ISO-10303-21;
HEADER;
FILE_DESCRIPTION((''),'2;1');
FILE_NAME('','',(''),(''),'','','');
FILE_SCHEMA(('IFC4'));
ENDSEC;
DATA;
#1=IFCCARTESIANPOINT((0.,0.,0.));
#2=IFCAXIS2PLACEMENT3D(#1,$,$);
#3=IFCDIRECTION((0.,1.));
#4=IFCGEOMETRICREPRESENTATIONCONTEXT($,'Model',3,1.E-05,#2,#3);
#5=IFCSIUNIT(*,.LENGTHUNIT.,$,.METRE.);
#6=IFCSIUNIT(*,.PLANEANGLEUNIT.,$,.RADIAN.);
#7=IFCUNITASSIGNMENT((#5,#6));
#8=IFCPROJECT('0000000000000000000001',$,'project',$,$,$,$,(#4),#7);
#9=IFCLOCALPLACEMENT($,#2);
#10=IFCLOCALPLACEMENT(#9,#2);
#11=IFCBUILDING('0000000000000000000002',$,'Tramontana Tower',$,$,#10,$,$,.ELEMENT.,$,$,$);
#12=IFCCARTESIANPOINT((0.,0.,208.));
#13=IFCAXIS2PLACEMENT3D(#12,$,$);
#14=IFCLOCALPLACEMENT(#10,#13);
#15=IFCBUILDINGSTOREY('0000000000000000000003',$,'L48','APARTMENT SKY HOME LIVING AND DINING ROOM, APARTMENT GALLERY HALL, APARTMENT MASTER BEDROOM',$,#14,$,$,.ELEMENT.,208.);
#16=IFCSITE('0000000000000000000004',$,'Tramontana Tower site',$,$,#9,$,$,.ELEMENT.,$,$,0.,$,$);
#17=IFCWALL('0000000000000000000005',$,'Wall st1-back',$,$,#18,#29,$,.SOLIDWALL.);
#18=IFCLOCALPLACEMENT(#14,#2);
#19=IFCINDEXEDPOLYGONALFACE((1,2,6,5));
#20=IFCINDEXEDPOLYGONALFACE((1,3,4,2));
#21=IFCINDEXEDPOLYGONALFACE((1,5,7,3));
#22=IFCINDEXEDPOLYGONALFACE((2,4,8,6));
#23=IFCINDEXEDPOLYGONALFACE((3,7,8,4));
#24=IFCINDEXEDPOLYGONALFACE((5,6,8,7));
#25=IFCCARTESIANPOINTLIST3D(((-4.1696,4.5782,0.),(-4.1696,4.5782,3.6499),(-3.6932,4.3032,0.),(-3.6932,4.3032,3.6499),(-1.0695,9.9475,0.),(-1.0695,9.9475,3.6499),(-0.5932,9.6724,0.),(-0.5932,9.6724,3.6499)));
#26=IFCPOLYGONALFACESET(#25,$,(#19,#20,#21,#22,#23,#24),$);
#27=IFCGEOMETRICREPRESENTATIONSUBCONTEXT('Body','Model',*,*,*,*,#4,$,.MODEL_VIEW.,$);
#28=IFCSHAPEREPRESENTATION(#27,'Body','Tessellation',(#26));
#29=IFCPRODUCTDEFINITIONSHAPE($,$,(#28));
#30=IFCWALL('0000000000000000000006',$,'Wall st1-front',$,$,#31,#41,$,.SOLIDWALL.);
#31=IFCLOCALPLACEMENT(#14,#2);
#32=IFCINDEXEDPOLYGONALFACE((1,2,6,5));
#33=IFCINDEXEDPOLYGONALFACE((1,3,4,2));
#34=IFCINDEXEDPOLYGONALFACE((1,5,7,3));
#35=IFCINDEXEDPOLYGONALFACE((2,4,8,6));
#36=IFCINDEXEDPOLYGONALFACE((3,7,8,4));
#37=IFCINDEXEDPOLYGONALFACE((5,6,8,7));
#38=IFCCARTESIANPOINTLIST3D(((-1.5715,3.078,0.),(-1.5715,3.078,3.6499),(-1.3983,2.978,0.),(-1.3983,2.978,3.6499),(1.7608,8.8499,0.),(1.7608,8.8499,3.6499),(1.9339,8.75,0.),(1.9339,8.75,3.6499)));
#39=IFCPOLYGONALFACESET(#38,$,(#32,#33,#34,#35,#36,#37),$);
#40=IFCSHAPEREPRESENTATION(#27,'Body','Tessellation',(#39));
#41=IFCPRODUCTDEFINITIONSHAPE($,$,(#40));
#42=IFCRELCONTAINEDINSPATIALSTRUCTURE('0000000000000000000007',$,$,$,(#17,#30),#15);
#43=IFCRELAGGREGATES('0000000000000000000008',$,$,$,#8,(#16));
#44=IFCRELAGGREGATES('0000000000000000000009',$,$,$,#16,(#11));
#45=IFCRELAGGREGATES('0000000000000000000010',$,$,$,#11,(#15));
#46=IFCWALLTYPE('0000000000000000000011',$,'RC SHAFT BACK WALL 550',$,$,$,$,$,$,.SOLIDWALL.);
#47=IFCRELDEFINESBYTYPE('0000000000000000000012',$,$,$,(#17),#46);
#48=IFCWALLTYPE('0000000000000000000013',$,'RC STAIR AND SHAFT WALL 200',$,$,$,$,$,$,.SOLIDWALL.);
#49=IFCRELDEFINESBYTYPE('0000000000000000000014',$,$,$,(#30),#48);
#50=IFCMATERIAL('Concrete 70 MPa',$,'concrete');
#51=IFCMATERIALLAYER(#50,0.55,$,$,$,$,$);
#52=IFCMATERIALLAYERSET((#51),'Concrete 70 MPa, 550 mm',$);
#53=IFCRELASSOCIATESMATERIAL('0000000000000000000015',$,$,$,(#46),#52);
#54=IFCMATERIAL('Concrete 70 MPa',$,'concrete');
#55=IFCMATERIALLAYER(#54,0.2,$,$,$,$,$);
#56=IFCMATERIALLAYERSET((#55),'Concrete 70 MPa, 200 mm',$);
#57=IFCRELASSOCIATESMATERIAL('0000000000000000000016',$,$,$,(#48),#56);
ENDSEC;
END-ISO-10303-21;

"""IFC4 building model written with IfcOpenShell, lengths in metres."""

from ifc_helpers import new_model, si_unit, direction, frame, frame_2d, origin, place, context, subcontext, project, spatial, rectangle, extrude, material, layer, layer_set, type_object, element, save


model = new_model("IFC4")

# Units and contexts
model_context = context("Model", 3, precision=1e-05, world=origin(), true_north=direction((0.0, 1.0)))
body_context = subcontext(model_context, "Body", "Model", "MODEL_VIEW")
ifc_project = project(units=[si_unit("LENGTHUNIT", "METRE"), si_unit("PLANEANGLEUNIT", "RADIAN")], contexts=[model_context])

# Site, building, storey
site_placement = place(None, origin())
site = spatial("IfcSite", under=ifc_project, at=site_placement, Name="Tramontana Tower site", CompositionType="ELEMENT", RefElevation=0.0)
building_placement = place(site_placement, origin())
building = spatial("IfcBuilding", under=site, at=building_placement, Name="Tramontana Tower", CompositionType="ELEMENT")
storey_placement = place(building_placement, frame((0.0, 0.0, 208.0)))
storey = spatial("IfcBuildingStorey", under=building, at=storey_placement, Name="L48", Description="APARTMENT SKY HOME LIVING AND DINING ROOM, APARTMENT GALLERY HALL, APARTMENT MASTER BEDROOM", CompositionType="ELEMENT", Elevation=208.0)

# Walls
ifc_material_1 = material(Name="Concrete 70 MPa", Category="concrete")
ifc_layer_1 = layer(ifc_material_1, 0.55)
ifc_layer_set_1 = layer_set([ifc_layer_1], Name="Concrete 70 MPa, 550 mm")
wall_type_1 = type_object("IfcWallType", Name="RC SHAFT BACK WALL 550", PredefinedType="SOLIDWALL", material=ifc_layer_set_1)
wall_1_placement = place(storey_placement, frame((-0.8313, 9.8101, 0.0), z_axis=(0.0, 0.0, 1.0), x_axis=(-0.50001, -0.86602, 0.0)))
element("IfcWall", 1, at=wall_1_placement, inside=storey, type_object=wall_type_1, Name="Wall st1-back", PredefinedType="SOLIDWALL", context=body_context, shape_type="SweptSolid", body=[
    extrude(rectangle(XDim=6.2, YDim=0.55, at=frame_2d((3.1001, 0.0))), origin(), (0.0, 0.0, 1.0), 3.6499),
])
ifc_material_2 = material(Name="Concrete 70 MPa", Category="concrete")
ifc_layer_2 = layer(ifc_material_2, 0.2)
ifc_layer_set_2 = layer_set([ifc_layer_2], Name="Concrete 70 MPa, 200 mm")
wall_type_2 = type_object("IfcWallType", Name="RC STAIR AND SHAFT WALL 200", PredefinedType="SOLIDWALL", material=ifc_layer_set_2)
wall_2_placement = place(storey_placement, frame((1.8474, 8.8, 0.0), z_axis=(0.0, 0.0, 1.0), x_axis=(-0.49998, -0.866037, 0.0)))
element("IfcWall", 2, at=wall_2_placement, inside=storey, type_object=wall_type_2, Name="Wall st1-front", PredefinedType="SOLIDWALL", context=body_context, shape_type="SweptSolid", body=[
    extrude(rectangle(XDim=6.6648, YDim=0.2, at=frame_2d((3.3325, 0.0))), origin(), (0.0, 0.0, 1.0), 3.6499),
])

save(model, "model.ifc")
